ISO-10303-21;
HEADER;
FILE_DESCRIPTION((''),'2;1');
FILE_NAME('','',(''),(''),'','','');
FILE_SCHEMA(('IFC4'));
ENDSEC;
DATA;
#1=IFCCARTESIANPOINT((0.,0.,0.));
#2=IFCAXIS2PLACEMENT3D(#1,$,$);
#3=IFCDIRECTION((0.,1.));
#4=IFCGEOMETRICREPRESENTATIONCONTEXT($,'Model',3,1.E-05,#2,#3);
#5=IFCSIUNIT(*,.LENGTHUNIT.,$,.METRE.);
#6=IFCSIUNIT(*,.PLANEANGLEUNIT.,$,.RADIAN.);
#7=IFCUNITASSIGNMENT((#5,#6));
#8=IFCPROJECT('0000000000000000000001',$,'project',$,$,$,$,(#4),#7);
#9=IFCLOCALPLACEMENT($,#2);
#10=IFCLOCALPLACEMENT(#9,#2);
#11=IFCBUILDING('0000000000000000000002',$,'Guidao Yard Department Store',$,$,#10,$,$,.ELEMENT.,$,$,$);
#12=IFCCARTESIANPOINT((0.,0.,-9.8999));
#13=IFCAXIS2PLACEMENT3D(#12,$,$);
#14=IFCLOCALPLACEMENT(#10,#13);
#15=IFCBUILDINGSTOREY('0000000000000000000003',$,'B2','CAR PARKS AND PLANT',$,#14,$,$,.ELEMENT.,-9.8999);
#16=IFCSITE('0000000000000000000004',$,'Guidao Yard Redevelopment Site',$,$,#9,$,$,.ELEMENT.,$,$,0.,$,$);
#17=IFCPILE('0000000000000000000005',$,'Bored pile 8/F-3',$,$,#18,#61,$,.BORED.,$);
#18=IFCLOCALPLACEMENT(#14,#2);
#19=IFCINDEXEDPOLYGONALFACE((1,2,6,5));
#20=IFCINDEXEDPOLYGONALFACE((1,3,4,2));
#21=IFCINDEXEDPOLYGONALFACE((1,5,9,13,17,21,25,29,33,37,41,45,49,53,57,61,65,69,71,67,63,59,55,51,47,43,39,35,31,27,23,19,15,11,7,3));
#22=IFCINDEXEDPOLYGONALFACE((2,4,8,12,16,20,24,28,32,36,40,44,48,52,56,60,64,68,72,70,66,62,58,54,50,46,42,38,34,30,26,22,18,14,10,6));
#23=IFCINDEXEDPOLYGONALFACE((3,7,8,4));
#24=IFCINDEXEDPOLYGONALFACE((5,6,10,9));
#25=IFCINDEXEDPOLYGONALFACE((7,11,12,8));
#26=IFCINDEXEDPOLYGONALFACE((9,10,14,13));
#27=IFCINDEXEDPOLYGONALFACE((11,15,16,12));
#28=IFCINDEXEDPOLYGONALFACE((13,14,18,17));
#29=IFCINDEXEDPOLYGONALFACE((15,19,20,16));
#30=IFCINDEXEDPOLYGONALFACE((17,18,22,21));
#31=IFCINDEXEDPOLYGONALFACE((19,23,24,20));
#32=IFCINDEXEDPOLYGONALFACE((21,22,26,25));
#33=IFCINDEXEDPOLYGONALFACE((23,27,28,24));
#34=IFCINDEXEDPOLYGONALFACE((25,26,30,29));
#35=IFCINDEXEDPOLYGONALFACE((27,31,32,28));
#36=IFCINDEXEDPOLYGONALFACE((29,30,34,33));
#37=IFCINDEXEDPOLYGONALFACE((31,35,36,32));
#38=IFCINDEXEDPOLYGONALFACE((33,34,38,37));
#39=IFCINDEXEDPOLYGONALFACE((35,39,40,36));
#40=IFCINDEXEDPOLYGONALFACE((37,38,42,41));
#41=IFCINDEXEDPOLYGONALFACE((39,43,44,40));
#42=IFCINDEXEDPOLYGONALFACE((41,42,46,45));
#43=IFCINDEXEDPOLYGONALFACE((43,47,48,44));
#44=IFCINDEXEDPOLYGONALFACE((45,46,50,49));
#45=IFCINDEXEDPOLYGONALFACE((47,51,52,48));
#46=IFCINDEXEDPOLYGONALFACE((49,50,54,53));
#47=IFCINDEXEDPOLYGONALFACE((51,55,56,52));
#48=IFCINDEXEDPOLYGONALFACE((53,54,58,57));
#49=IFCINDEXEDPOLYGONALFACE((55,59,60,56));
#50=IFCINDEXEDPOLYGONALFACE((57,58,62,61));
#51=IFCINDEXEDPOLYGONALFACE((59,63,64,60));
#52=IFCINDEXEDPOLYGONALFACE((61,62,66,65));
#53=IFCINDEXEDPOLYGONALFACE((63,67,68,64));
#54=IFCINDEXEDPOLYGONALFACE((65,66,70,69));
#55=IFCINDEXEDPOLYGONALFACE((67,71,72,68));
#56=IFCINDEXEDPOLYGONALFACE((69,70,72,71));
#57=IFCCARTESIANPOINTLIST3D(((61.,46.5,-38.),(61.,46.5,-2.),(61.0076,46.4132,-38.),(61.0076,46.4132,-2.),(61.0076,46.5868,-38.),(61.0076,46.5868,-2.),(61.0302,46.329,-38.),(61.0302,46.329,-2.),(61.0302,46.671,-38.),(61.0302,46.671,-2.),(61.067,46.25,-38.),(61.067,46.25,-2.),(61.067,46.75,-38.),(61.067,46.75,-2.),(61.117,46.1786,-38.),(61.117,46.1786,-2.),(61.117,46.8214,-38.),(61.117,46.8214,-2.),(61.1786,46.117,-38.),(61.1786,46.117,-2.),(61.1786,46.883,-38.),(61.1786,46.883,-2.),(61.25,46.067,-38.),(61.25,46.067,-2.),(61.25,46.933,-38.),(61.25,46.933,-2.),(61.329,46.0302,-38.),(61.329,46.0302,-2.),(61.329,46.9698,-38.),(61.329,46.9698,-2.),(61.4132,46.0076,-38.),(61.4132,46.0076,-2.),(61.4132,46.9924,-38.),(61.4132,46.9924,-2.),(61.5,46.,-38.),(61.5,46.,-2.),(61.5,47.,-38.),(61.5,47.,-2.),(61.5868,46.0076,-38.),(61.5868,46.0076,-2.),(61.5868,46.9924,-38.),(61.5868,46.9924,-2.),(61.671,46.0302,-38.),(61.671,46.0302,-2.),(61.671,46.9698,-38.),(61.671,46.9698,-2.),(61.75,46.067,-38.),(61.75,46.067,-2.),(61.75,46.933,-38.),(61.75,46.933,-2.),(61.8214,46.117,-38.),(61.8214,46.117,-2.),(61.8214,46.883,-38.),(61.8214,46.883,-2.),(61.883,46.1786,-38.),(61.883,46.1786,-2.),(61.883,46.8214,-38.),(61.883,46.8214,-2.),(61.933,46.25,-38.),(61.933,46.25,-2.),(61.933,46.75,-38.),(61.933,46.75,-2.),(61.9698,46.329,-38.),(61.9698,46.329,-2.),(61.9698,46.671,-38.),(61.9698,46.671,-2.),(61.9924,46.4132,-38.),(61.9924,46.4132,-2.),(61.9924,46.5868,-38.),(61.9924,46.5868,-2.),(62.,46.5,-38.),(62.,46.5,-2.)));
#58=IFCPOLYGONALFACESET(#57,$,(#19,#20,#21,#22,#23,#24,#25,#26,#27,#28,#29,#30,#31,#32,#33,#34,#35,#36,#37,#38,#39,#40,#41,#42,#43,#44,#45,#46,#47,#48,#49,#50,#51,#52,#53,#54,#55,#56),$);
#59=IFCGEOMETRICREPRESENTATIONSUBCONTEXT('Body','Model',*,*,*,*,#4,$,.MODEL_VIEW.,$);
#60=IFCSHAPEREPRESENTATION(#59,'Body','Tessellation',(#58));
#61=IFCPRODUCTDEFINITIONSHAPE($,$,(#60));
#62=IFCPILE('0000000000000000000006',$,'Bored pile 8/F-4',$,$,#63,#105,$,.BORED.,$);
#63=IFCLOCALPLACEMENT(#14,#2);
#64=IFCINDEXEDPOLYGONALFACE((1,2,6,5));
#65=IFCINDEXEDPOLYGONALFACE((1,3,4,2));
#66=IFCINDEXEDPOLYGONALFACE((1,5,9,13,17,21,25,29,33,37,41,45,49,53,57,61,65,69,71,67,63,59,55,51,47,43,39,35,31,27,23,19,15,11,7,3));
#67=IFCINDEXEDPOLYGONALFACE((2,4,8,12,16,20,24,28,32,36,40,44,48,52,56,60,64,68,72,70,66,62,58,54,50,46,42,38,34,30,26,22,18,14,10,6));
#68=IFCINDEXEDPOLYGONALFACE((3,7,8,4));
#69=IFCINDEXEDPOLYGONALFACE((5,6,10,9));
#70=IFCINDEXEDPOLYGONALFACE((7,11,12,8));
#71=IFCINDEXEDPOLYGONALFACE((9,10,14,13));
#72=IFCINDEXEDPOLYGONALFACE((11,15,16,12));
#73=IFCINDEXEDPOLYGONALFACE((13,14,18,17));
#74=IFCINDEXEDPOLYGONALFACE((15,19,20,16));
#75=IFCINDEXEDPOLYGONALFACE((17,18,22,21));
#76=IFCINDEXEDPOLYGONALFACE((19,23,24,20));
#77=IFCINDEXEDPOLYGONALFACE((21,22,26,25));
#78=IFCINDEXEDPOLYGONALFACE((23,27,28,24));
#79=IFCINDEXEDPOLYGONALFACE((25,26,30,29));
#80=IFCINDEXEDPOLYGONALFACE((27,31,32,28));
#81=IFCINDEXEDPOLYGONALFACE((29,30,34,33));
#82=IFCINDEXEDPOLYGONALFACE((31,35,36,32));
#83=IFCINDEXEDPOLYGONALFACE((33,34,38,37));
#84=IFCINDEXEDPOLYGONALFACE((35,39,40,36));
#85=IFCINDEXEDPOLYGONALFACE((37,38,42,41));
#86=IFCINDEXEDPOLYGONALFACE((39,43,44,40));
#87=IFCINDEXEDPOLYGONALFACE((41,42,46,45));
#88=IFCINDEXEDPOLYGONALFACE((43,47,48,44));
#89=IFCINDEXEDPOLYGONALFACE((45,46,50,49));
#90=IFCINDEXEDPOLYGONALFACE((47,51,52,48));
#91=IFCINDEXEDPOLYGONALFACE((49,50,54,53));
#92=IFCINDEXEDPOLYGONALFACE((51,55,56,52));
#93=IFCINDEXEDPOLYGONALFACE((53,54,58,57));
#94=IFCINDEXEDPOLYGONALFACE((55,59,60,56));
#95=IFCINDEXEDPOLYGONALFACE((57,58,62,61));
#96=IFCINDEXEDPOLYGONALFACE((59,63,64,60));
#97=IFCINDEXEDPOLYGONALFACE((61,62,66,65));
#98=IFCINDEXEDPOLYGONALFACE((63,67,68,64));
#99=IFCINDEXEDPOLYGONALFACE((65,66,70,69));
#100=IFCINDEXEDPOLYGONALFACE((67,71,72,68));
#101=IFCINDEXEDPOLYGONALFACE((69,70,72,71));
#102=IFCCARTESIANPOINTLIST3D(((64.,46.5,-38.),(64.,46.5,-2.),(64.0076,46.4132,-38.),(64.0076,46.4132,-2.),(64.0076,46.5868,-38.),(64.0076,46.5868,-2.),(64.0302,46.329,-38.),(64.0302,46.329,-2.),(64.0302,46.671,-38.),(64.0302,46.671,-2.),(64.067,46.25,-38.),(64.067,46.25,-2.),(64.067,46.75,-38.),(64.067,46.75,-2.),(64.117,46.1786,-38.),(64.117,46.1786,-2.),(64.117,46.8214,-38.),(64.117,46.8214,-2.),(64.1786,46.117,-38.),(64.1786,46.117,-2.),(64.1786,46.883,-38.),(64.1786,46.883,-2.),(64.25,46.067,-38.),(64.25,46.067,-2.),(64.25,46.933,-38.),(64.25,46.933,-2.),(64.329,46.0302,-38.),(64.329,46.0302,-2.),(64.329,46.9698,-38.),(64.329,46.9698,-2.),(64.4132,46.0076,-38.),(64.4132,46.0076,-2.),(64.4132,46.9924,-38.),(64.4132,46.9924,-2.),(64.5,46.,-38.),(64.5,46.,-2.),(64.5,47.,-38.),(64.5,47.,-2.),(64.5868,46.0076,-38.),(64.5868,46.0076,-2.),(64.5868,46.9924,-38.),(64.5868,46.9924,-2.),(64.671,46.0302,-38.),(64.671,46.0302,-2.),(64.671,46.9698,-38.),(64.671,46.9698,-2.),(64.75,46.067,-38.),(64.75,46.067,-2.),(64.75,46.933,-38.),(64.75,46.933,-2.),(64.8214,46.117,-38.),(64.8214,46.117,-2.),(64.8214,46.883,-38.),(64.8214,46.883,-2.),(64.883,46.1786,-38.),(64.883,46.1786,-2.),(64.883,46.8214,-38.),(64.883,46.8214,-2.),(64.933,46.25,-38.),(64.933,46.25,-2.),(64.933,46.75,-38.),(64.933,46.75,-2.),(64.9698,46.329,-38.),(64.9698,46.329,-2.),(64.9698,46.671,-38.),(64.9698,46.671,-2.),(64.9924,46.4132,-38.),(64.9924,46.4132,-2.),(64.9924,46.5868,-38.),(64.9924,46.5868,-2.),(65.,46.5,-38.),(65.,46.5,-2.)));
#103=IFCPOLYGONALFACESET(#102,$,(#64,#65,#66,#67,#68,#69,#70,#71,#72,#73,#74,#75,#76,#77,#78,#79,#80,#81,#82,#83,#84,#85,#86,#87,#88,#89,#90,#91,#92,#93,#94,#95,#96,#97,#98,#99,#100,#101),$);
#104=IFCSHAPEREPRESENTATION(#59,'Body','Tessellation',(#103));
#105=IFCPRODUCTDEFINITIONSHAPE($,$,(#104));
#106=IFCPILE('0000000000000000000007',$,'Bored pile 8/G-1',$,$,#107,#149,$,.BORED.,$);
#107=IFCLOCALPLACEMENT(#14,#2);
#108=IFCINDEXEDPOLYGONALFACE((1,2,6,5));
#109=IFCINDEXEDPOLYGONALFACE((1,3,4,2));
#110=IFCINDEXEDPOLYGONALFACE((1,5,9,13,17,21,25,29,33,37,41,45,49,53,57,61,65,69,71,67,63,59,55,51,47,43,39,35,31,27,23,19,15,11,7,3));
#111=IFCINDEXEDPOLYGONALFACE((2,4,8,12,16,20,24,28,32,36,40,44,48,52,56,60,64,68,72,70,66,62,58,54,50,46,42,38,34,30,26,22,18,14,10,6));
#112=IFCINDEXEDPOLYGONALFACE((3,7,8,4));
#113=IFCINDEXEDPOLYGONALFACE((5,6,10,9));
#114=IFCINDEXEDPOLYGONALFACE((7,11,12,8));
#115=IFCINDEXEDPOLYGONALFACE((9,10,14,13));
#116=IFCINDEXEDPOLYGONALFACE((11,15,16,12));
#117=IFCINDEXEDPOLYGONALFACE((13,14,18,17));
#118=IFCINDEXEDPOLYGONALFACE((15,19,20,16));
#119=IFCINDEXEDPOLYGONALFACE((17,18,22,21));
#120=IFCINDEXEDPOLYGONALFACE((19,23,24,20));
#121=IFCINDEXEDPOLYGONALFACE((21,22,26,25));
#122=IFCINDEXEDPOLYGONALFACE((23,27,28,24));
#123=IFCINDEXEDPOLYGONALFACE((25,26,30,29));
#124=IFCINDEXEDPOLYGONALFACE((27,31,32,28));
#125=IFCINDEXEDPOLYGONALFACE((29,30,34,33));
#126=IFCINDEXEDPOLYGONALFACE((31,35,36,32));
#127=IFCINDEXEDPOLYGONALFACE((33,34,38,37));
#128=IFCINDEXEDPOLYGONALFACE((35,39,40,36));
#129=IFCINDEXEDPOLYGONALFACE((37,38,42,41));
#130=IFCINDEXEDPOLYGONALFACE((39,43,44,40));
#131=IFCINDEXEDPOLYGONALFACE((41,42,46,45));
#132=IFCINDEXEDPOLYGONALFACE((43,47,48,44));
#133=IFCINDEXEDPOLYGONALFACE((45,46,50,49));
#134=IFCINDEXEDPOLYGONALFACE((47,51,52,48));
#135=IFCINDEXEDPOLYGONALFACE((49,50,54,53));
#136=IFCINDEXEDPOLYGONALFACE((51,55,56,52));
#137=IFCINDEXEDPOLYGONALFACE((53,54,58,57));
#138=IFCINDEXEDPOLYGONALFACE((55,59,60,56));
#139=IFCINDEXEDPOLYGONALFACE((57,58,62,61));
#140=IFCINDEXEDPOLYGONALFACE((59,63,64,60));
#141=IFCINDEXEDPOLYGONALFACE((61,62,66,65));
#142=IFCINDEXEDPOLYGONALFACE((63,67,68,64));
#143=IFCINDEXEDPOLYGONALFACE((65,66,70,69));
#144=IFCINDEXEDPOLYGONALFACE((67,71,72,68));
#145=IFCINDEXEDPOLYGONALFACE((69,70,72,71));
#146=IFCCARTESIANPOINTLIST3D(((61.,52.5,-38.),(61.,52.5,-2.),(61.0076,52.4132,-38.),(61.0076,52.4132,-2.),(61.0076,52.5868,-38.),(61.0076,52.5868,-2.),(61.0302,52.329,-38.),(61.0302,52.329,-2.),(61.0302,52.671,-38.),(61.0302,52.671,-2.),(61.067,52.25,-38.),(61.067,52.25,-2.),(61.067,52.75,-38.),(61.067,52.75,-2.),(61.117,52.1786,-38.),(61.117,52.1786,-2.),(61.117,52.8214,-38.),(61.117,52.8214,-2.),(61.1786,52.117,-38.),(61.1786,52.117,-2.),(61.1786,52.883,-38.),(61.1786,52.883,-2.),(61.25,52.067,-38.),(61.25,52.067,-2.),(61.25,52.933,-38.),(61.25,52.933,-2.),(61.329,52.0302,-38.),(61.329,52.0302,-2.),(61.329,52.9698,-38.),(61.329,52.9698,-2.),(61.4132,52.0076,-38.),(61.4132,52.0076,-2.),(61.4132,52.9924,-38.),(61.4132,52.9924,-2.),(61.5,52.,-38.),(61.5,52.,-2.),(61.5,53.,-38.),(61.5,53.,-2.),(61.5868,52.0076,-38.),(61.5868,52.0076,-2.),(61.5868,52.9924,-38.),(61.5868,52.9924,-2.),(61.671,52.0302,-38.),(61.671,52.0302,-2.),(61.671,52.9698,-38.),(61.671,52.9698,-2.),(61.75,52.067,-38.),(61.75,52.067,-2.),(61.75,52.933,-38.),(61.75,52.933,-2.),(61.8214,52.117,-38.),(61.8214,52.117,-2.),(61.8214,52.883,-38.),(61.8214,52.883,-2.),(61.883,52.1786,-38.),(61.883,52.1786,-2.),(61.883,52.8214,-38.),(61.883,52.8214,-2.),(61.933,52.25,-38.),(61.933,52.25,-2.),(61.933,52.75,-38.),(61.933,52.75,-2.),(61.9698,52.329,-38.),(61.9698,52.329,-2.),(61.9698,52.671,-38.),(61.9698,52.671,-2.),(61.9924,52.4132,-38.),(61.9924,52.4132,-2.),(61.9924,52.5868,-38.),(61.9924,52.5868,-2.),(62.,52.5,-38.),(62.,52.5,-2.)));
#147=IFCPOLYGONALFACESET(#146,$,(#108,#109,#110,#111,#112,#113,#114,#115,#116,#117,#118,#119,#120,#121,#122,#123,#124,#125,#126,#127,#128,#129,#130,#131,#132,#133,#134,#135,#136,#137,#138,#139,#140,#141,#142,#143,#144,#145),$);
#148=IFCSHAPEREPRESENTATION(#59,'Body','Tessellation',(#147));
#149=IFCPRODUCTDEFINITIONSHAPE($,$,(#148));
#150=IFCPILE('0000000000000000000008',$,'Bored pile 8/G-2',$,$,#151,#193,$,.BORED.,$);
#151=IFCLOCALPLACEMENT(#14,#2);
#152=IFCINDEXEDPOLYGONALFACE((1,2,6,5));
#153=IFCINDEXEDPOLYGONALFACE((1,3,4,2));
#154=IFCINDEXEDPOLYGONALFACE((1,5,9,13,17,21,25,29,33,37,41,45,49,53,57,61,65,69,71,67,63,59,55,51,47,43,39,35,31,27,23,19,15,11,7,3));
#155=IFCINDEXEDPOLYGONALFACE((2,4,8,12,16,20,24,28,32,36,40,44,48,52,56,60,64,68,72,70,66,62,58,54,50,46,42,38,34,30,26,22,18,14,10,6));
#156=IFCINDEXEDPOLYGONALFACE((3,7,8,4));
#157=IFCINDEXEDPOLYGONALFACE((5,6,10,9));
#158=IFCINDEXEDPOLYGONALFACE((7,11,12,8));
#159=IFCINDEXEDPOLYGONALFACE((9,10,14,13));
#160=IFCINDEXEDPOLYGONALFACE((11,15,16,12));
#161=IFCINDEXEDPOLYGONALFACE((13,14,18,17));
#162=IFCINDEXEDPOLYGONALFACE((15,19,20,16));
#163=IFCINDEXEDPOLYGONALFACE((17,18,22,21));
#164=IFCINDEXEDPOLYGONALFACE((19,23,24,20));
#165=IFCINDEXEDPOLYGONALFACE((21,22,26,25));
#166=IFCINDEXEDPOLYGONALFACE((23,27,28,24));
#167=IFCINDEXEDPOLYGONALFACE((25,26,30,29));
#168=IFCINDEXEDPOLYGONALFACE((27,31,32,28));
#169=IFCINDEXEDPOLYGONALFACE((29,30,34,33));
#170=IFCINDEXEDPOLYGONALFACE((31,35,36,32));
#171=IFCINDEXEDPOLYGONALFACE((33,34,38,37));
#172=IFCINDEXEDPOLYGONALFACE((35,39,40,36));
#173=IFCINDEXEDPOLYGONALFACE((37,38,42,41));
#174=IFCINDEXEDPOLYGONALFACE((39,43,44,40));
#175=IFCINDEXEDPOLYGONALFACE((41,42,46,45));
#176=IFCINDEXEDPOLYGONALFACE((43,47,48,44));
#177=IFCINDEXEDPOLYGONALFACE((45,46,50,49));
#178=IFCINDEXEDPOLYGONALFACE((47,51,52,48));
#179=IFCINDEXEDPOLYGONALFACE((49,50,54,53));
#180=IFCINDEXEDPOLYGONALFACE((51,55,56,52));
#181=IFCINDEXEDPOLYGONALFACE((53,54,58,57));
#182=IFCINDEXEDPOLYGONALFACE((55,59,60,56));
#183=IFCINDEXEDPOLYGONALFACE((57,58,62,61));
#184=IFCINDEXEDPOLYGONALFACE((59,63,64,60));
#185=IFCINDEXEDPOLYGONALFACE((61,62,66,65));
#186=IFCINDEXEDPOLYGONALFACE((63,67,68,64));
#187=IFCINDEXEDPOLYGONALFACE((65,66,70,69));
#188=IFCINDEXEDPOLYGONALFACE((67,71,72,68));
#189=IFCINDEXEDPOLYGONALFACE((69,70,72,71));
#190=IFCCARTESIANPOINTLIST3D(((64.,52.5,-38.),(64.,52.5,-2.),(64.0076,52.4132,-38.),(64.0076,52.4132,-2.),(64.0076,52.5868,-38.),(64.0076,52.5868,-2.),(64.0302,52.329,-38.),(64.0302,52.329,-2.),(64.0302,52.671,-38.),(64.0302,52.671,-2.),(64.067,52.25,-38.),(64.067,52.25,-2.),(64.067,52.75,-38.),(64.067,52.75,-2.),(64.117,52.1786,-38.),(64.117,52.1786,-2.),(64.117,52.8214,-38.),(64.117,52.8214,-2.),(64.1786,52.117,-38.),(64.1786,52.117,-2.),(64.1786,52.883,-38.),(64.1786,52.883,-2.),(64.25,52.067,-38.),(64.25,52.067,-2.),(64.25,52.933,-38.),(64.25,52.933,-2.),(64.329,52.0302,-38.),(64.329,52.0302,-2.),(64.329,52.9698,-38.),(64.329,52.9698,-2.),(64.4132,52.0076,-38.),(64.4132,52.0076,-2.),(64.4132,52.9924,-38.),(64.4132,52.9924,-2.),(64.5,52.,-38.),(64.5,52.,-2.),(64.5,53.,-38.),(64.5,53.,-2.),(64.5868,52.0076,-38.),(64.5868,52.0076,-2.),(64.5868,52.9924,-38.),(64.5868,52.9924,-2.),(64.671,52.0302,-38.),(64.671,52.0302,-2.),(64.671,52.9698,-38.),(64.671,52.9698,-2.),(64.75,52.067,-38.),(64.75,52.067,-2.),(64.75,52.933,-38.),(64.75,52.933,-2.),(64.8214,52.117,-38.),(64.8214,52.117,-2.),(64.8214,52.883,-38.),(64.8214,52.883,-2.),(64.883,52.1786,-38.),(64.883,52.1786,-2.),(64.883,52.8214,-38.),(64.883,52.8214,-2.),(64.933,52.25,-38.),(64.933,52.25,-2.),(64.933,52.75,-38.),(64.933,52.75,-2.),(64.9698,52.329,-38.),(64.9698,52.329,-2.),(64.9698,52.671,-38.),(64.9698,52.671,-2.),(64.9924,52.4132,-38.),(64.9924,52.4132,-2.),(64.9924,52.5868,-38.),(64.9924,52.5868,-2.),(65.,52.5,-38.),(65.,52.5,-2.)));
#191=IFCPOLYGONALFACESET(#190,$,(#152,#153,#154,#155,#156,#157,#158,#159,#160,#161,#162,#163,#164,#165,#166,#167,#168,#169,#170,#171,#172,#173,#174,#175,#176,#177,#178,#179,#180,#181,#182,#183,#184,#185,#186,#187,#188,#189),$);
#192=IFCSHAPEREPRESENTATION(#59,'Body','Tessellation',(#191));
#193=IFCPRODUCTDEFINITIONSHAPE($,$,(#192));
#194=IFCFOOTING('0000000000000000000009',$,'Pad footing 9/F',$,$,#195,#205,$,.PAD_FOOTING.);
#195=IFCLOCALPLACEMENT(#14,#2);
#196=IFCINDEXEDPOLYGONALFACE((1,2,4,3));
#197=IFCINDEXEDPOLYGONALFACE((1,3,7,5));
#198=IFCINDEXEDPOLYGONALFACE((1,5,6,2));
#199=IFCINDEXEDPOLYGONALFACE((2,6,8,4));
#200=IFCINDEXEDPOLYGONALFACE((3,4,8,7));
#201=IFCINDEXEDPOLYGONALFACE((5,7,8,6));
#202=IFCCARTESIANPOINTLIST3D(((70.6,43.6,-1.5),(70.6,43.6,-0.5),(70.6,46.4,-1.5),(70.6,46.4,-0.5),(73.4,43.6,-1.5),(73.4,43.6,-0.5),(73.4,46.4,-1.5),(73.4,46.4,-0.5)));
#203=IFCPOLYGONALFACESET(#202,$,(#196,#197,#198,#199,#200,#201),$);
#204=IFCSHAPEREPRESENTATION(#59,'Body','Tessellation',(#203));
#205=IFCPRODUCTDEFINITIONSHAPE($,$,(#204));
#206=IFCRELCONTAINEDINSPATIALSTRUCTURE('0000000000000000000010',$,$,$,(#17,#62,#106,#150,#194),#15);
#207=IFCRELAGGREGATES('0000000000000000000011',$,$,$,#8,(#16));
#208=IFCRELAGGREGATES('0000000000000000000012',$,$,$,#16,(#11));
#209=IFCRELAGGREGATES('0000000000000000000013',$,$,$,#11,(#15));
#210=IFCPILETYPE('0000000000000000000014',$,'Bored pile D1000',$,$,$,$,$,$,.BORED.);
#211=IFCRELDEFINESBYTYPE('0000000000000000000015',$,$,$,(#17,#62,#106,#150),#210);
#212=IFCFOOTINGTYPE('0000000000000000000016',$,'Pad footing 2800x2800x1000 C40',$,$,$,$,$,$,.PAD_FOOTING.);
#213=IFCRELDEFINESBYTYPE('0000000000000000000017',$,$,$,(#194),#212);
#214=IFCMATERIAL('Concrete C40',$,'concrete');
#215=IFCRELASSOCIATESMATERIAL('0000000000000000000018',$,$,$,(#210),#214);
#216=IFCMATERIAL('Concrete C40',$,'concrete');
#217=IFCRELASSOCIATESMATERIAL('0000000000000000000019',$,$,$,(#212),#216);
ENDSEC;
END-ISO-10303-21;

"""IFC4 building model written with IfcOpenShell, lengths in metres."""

from ifc_helpers import new_model, si_unit, direction, frame, origin, origin_2d, place, context, subcontext, project, spatial, rectangle, circle, extrude, material, material_profile, profile_set, type_object, element, save


model = new_model("IFC4")

# Units and contexts
model_context = context("Model", 3, precision=1e-05, world=origin(), true_north=direction((0.0, 1.0)))
body_context = subcontext(model_context, "Body", "Model", "MODEL_VIEW")
ifc_project = project(units=[si_unit("LENGTHUNIT", "METRE"), si_unit("PLANEANGLEUNIT", "RADIAN")], contexts=[model_context])

# Site, building, storey
site_placement = place(None, origin())
site = spatial("IfcSite", under=ifc_project, at=site_placement, Name="Guidao Yard Redevelopment Site", CompositionType="ELEMENT", RefElevation=0.0)
building_placement = place(site_placement, origin())
building = spatial("IfcBuilding", under=site, at=building_placement, Name="Guidao Yard Department Store", CompositionType="ELEMENT")
storey_placement = place(building_placement, frame((0.0, 0.0, -9.8999)))
storey = spatial("IfcBuildingStorey", under=building, at=storey_placement, Name="B2", Description="CAR PARKS AND PLANT", CompositionType="ELEMENT", Elevation=-9.8999)

# Piles
ifc_material_1 = material(Name="Concrete C40", Category="concrete")
ifc_material_profile_1 = material_profile(ifc_material_1, circle(Radius=0.5, at=origin_2d()), Name="Bored pile D1000")
ifc_profile_set_1 = profile_set([ifc_material_profile_1], Name="Concrete C40")
pile_type = type_object("IfcPileType", Name="Bored pile D1000", PredefinedType="BORED", material=ifc_profile_set_1)
for number, where, z_axis, x_axis, name in (
    (1, (61.5, 46.5, -2.0), (0.0, 0.0, -1.0), (1.0, 0.0, 0.0), "Bored pile 8/F-3"),
    (2, (64.5, 46.5, -2.0), (0.0, 0.0, -1.0), (1.0, 0.0, 0.0), "Bored pile 8/F-4"),
    (3, (61.5, 52.5, -2.0), (0.0, 0.0, -1.0), (1.0, 0.0, 0.0), "Bored pile 8/G-1"),
    (4, (64.5, 52.5, -2.0), (0.0, 0.0, -1.0), (1.0, 0.0, 0.0), "Bored pile 8/G-2"),
):
    element("IfcPile", number, at=place(storey_placement, frame(where, z_axis=z_axis, x_axis=x_axis)), inside=storey, type_object=pile_type, Name=name, PredefinedType="BORED", context=body_context, shape_type="SweptSolid", body=[
        extrude(circle(Radius=0.5, at=origin_2d()), origin(), (0.0, 0.0, 1.0), 36.0),
    ])

# Footing
ifc_material_2 = material(Name="Concrete C40", Category="concrete")
footing_type_1 = type_object("IfcFootingType", Name="Pad footing 2800x2800x1000 C40", PredefinedType="PAD_FOOTING", material=ifc_material_2)
footing_1_placement = place(storey_placement, frame((72.0, 45.0, -1.5), z_axis=(0.0, 0.0, 1.0), x_axis=(1.0, 0.0, 0.0)))
element("IfcFooting", 5, at=footing_1_placement, inside=storey, type_object=footing_type_1, Name="Pad footing 9/F", PredefinedType="PAD_FOOTING", context=body_context, shape_type="SweptSolid", body=[
    extrude(rectangle(XDim=2.8, YDim=2.8, at=origin_2d()), origin(), (0.0, 0.0, 1.0), 1.0),
])

save(model, "model.ifc")
